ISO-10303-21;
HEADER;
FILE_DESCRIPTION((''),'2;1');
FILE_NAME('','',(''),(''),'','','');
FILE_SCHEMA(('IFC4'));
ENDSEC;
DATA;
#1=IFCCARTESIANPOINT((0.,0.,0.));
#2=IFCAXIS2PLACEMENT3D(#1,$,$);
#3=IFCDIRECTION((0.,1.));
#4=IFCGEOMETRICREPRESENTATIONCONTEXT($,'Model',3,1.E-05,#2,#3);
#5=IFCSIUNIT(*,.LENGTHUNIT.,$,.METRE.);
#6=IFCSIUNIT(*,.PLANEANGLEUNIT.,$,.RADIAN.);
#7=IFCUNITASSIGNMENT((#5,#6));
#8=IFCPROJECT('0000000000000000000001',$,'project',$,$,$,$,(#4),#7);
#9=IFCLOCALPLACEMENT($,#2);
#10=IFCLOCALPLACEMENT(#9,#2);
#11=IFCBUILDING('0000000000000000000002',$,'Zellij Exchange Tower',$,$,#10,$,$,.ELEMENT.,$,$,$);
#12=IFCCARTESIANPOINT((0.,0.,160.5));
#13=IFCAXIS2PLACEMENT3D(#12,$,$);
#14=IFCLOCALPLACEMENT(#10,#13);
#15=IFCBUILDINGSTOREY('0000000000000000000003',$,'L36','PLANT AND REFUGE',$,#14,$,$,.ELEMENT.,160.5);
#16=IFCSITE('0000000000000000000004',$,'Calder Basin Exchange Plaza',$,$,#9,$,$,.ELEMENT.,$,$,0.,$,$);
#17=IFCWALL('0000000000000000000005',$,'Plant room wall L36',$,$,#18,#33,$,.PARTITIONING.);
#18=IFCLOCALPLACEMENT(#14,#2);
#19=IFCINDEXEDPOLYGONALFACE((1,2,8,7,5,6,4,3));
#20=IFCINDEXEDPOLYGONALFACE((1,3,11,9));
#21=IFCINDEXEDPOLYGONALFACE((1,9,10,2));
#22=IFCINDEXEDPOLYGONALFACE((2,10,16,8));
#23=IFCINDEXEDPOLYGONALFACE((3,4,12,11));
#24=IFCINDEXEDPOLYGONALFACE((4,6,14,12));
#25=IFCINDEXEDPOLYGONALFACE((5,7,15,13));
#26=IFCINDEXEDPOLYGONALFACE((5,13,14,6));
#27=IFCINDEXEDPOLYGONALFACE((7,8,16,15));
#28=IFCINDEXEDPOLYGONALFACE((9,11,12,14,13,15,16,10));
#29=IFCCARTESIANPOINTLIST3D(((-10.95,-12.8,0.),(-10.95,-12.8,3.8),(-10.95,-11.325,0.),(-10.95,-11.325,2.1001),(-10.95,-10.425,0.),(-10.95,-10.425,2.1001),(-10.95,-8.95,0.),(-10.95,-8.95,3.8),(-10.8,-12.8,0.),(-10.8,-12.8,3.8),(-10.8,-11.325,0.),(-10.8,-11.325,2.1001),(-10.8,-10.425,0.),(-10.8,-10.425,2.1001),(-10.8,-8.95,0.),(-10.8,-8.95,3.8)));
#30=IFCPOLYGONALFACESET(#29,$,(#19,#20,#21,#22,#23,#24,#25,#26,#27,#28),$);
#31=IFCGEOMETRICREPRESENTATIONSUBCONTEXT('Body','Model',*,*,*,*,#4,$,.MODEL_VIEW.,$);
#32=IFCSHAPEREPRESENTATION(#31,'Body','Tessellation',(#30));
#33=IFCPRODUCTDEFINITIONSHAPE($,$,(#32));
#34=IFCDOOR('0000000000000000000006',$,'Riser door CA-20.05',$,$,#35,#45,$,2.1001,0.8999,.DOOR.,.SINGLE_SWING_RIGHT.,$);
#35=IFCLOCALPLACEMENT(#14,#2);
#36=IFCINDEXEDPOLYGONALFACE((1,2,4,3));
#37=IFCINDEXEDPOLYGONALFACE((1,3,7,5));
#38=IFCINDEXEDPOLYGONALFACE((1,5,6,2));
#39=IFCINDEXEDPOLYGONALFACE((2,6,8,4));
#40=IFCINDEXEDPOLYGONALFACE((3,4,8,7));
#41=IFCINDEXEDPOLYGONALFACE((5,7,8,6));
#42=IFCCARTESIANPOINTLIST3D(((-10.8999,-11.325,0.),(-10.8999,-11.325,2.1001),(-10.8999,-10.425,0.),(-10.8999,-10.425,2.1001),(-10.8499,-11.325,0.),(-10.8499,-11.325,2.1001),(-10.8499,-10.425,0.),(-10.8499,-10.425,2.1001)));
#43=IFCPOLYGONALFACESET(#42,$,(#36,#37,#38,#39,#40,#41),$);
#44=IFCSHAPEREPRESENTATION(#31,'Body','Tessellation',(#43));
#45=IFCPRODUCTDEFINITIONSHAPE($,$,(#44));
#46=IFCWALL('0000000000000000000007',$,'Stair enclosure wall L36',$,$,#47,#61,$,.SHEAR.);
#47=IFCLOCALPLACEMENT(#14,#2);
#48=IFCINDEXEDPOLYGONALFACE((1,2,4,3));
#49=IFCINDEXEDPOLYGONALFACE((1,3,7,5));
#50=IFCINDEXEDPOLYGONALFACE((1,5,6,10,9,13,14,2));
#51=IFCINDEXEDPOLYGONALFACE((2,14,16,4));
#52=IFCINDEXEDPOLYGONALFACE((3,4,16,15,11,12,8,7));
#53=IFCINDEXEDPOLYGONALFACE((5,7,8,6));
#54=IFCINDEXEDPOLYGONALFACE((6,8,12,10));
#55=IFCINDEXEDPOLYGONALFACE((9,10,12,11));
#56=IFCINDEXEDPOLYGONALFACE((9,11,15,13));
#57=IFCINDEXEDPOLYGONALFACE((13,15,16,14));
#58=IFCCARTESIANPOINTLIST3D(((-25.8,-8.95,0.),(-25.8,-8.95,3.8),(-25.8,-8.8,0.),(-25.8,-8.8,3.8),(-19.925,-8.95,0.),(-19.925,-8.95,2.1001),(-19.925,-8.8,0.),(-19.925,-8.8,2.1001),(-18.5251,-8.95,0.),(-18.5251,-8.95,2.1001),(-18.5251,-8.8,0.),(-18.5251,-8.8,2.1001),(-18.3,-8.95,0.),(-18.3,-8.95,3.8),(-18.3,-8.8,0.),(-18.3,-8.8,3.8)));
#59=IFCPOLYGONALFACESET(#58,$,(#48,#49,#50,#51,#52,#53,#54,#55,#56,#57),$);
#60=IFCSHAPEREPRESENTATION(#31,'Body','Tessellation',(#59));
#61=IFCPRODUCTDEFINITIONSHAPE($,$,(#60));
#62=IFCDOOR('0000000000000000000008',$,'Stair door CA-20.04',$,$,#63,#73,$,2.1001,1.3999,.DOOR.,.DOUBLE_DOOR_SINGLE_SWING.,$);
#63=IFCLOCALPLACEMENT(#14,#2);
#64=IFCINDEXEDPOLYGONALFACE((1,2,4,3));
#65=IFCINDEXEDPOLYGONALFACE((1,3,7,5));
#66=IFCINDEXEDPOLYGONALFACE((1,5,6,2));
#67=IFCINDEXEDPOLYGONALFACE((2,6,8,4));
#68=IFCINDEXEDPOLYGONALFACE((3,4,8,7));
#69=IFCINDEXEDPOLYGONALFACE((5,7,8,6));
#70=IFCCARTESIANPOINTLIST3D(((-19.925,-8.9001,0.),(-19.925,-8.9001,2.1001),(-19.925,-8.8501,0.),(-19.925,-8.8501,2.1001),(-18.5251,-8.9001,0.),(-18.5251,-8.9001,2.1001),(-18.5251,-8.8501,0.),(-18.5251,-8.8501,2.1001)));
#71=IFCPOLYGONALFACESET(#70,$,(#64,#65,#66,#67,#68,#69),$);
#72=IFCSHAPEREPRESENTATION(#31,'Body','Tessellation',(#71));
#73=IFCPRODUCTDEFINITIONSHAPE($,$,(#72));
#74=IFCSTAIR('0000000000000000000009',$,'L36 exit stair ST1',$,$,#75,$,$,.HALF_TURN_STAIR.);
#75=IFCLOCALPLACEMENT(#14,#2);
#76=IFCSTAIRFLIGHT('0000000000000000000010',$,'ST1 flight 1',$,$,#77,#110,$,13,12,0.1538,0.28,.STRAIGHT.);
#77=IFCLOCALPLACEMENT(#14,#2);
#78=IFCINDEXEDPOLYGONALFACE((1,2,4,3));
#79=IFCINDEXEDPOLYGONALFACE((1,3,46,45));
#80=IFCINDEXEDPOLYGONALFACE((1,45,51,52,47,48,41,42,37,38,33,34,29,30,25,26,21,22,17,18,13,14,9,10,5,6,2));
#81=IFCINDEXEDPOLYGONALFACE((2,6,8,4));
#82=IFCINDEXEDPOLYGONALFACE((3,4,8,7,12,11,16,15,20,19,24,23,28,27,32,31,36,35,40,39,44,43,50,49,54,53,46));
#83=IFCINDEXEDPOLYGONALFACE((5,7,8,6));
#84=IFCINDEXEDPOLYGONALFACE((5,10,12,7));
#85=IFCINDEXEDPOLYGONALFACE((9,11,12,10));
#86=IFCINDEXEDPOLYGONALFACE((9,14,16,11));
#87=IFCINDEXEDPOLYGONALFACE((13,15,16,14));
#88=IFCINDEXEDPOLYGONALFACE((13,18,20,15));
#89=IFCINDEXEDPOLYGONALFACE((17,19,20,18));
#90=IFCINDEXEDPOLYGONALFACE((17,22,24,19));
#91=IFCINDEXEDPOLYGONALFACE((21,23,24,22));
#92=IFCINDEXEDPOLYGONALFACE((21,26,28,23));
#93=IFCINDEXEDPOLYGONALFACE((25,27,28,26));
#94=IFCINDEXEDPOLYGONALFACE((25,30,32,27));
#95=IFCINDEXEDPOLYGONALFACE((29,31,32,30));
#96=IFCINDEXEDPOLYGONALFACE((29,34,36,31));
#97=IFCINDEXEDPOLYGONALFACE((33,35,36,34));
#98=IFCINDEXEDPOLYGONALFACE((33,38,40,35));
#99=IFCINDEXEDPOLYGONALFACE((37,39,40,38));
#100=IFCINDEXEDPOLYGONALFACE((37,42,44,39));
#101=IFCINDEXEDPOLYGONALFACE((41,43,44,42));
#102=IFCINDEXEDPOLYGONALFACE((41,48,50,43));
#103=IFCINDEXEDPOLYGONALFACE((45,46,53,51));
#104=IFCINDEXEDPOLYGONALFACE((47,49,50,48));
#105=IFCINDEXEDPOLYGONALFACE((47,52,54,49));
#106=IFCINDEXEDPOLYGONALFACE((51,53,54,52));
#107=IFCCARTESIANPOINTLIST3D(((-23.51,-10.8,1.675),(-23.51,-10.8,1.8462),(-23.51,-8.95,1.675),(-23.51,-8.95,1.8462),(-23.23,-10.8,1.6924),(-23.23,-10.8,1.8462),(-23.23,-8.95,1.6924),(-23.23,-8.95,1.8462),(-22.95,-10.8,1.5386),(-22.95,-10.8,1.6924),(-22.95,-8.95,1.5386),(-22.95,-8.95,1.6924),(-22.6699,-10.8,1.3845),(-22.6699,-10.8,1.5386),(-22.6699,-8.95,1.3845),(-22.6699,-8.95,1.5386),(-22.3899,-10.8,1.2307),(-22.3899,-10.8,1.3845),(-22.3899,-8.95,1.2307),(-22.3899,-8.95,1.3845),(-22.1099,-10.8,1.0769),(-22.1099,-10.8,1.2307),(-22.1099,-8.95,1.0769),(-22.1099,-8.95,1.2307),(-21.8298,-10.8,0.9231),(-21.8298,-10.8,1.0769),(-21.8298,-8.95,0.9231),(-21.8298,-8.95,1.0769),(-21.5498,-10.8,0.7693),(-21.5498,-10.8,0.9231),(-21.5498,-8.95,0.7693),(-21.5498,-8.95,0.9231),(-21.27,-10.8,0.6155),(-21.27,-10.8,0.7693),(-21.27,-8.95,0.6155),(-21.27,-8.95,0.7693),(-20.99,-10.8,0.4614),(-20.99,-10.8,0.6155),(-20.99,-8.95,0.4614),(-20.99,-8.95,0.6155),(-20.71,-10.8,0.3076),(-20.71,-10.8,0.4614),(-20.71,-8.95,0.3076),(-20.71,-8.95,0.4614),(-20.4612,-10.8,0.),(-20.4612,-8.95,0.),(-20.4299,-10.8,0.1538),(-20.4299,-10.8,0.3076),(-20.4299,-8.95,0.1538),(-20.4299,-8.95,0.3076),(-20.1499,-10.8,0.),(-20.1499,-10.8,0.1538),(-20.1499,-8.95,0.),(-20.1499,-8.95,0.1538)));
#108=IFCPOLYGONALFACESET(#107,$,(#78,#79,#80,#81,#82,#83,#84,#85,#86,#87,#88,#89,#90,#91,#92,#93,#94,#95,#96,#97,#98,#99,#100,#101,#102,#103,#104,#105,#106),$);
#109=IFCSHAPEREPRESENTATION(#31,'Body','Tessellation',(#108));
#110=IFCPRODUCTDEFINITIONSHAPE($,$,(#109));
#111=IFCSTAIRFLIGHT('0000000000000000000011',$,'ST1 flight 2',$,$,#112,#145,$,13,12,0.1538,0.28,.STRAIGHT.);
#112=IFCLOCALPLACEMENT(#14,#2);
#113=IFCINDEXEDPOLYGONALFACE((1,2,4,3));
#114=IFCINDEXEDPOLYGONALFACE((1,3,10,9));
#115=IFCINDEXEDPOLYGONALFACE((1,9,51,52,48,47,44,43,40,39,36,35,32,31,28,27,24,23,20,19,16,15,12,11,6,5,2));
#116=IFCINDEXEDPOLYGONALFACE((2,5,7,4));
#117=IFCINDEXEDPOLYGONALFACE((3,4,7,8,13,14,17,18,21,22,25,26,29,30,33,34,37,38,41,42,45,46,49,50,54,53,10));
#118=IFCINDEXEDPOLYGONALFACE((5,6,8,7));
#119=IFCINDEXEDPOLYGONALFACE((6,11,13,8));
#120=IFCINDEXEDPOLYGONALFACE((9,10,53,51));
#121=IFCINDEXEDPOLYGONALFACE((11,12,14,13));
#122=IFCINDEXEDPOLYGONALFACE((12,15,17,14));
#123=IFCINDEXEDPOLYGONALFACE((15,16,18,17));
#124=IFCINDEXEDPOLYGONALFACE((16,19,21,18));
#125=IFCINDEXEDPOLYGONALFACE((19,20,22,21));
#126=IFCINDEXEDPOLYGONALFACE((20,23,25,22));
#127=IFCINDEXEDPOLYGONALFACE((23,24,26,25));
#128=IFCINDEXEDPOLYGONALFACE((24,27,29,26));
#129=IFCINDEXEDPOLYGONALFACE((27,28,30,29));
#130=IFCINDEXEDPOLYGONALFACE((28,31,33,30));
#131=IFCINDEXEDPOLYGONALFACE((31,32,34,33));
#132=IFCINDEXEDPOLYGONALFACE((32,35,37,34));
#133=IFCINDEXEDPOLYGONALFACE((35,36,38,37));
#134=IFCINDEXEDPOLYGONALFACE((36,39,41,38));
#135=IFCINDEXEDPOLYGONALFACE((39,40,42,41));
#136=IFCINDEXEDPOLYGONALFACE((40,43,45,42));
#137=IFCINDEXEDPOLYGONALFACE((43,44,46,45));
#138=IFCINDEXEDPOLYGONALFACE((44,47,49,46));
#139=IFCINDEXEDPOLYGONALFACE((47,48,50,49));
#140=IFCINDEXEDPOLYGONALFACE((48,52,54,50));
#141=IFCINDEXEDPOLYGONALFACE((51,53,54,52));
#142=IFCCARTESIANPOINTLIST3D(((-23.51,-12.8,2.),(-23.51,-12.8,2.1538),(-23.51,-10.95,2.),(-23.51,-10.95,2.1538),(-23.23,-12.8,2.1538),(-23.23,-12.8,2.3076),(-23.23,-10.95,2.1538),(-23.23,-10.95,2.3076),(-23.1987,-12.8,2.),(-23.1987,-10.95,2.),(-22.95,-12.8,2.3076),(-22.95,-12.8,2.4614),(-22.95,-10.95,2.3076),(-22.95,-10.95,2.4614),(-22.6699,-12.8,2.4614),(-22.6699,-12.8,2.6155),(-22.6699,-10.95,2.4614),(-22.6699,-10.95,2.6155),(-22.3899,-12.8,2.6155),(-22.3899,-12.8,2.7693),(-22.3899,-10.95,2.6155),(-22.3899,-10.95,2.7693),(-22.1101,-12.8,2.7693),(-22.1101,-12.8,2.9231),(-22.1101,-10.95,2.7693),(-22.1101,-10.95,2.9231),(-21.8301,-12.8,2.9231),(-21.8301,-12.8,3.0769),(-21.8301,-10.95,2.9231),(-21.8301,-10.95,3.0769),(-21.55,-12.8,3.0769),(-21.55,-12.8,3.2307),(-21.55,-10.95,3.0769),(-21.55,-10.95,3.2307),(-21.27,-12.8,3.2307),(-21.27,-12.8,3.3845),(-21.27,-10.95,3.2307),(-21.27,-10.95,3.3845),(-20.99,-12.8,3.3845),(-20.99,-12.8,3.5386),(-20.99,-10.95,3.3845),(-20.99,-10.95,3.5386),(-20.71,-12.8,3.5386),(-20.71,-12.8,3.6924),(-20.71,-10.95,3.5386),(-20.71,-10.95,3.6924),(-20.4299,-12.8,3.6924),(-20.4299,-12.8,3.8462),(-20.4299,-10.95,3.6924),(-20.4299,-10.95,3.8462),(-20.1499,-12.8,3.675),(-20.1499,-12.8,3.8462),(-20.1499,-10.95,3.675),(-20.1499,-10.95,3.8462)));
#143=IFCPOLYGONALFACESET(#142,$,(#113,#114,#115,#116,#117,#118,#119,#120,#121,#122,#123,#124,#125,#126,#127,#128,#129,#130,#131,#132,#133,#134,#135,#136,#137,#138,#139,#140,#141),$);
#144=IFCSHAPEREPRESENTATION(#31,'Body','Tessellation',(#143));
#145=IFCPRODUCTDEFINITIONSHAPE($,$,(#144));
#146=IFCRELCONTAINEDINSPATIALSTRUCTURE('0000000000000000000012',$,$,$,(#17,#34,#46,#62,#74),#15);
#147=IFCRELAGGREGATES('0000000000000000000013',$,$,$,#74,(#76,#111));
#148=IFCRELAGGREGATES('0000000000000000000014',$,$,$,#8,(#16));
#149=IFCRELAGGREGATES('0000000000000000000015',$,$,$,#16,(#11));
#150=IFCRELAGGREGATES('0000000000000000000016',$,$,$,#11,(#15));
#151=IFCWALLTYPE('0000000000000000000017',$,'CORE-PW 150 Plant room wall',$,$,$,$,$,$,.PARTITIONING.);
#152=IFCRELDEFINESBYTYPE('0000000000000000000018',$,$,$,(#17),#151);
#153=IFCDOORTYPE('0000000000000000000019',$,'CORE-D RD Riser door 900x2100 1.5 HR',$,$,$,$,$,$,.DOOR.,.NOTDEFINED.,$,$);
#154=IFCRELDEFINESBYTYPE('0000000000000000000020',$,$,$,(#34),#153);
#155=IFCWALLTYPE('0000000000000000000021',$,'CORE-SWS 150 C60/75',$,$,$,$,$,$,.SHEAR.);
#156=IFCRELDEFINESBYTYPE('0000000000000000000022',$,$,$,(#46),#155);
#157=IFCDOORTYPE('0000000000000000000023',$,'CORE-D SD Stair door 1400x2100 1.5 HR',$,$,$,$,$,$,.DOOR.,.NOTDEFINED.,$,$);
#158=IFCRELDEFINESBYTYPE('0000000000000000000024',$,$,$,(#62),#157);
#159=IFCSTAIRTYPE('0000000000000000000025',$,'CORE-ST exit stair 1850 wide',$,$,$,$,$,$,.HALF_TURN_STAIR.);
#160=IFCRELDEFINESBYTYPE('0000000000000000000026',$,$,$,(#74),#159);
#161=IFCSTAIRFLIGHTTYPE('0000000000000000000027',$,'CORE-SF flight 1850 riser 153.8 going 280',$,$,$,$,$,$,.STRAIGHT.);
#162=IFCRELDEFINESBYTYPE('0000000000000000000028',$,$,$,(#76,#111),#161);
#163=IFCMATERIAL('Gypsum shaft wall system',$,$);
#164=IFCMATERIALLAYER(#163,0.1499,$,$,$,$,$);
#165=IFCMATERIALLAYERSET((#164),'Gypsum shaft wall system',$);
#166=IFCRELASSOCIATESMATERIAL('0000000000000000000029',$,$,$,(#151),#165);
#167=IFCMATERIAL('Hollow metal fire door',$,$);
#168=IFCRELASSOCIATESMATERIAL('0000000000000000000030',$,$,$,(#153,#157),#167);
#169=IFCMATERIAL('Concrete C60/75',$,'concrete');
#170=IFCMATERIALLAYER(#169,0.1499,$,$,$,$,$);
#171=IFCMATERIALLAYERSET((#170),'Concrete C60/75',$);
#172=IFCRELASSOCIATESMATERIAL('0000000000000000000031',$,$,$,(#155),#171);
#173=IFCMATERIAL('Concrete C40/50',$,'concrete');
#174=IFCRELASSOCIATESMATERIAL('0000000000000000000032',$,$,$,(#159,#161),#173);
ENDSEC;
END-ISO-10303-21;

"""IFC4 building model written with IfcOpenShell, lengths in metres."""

from ifc_helpers import new_model, si_unit, direction, frame, frame_2d, origin, place, context, subcontext, project, spatial, polyline, rectangle, outline, extrude, material, layer, layer_set, type_object, element, fill, aggregate, save


model = new_model("IFC4")

# Units and contexts
model_context = context("Model", 3, precision=1e-05, world=origin(), true_north=direction((0.0, 1.0)))
body_context = subcontext(model_context, "Body", "Model", "MODEL_VIEW")
ifc_project = project(units=[si_unit("LENGTHUNIT", "METRE"), si_unit("PLANEANGLEUNIT", "RADIAN")], contexts=[model_context])

# Site, building, storey
site_placement = place(None, origin())
site = spatial("IfcSite", under=ifc_project, at=site_placement, Name="Calder Basin Exchange Plaza", CompositionType="ELEMENT", RefElevation=0.0)
building_placement = place(site_placement, origin())
building = spatial("IfcBuilding", under=site, at=building_placement, Name="Zellij Exchange Tower", CompositionType="ELEMENT")
storey_placement = place(building_placement, frame((0.0, 0.0, 160.5)))
storey = spatial("IfcBuildingStorey", under=building, at=storey_placement, Name="L36", Description="PLANT AND REFUGE", CompositionType="ELEMENT", Elevation=160.5)

# Shared definitions
ifc_material_1 = material(Name="Concrete C60/75", Category="concrete")
ifc_material_2 = material(Name="Gypsum shaft wall system")

# Shared definitions
ifc_material_3 = material(Name="Hollow metal fire door")

# Walls, openings, doors
ifc_layer_1 = layer(ifc_material_2, 0.1499)
ifc_layer_set_1 = layer_set([ifc_layer_1], Name="Gypsum shaft wall system")
wall_type_1 = type_object("IfcWallType", Name="CORE-PW 150 Plant room wall", PredefinedType="PARTITIONING", material=ifc_layer_set_1)
wall_1_placement = place(storey_placement, frame((-10.875, -12.8, 0.0), z_axis=(0.0, 0.0, 1.0), x_axis=(0.0, 1.0, 0.0)))
wall_1 = element("IfcWall", 1, at=wall_1_placement, inside=storey, type_object=wall_type_1, Name="Plant room wall L36", PredefinedType="PARTITIONING", context=body_context, shape_type="SweptSolid", body=[
    extrude(rectangle(XDim=3.8501, YDim=0.1499, at=frame_2d((1.925, 0.0))), origin(), (0.0, 0.0, 1.0), 3.8),
])
opening_1_placement = place(wall_1_placement, frame((1.4751, 0.0, 0.0)))
opening_1 = element("IfcOpeningElement", 2, at=opening_1_placement, cuts=wall_1, PredefinedType="OPENING", context=body_context, shape_type="SweptSolid", body=[
    extrude(rectangle(XDim=0.8999, YDim=2.1001, at=frame_2d((0.45, 1.05))), frame((0.0, 0.0869, 0.0), z_axis=(0.0, -1.0, 0.0), x_axis=(1.0, 0.0, 0.0)), (0.0, 0.0, 1.0), 0.1738),
])
door_type_1 = type_object("IfcDoorType", Name="CORE-D RD Riser door 900x2100 1.5 HR", OperationType="NOTDEFINED", PredefinedType="DOOR", material=ifc_material_3)
door_1_placement = place(opening_1_placement, origin())
door_1 = element("IfcDoor", 3, at=door_1_placement, inside=storey, type_object=door_type_1, Name="Riser door CA-20.05", OperationType="SINGLE_SWING_RIGHT", OverallHeight=2.1001, OverallWidth=0.8999, PredefinedType="DOOR", context=body_context, shape_type="SweptSolid", body=[
    extrude(rectangle(XDim=0.8999, YDim=2.1001, at=frame_2d((0.45, 1.05))), frame((0.0, 0.0249, 0.0), z_axis=(0.0, -1.0, 0.0), x_axis=(1.0, 0.0, 0.0)), (0.0, 0.0, 1.0), 0.05),
])
fill(opening_1, door_1)
ifc_layer_2 = layer(ifc_material_1, 0.1499)
ifc_layer_set_2 = layer_set([ifc_layer_2], Name="Concrete C60/75")
wall_type_2 = type_object("IfcWallType", Name="CORE-SWS 150 C60/75", PredefinedType="SHEAR", material=ifc_layer_set_2)
wall_2_placement = place(storey_placement, frame((-25.8, -8.875, 0.0), z_axis=(0.0, 0.0, 1.0), x_axis=(1.0, 0.0, 0.0)))
wall_2 = element("IfcWall", 4, at=wall_2_placement, inside=storey, type_object=wall_type_2, Name="Stair enclosure wall L36", PredefinedType="SHEAR", context=body_context, shape_type="SweptSolid", body=[
    extrude(rectangle(XDim=7.5, YDim=0.1499, at=frame_2d((3.75, 0.0))), origin(), (0.0, 0.0, 1.0), 3.8),
])
opening_2_placement = place(wall_2_placement, frame((5.875, 0.0, 0.0)))
opening_2 = element("IfcOpeningElement", 5, at=opening_2_placement, cuts=wall_2, PredefinedType="OPENING", context=body_context, shape_type="SweptSolid", body=[
    extrude(rectangle(XDim=1.3999, YDim=2.1001, at=frame_2d((0.7, 1.05))), frame((0.0, 0.0869, 0.0), z_axis=(0.0, -1.0, 0.0), x_axis=(1.0, 0.0, 0.0)), (0.0, 0.0, 1.0), 0.1738),
])
door_type_2 = type_object("IfcDoorType", Name="CORE-D SD Stair door 1400x2100 1.5 HR", OperationType="NOTDEFINED", PredefinedType="DOOR", material=ifc_material_3)
door_2_placement = place(opening_2_placement, origin())
door_2 = element("IfcDoor", 6, at=door_2_placement, inside=storey, type_object=door_type_2, Name="Stair door CA-20.04", OperationType="DOUBLE_DOOR_SINGLE_SWING", OverallHeight=2.1001, OverallWidth=1.3999, PredefinedType="DOOR", context=body_context, shape_type="SweptSolid", body=[
    extrude(rectangle(XDim=1.3999, YDim=2.1001, at=frame_2d((0.7, 1.05))), frame((0.0, 0.0249, 0.0), z_axis=(0.0, -1.0, 0.0), x_axis=(1.0, 0.0, 0.0)), (0.0, 0.0, 1.0), 0.05),
])
fill(opening_2, door_2)

# Stair, stair flights
ifc_material_4 = material(Name="Concrete C40/50", Category="concrete")
stair_type = type_object("IfcStairType", Name="CORE-ST exit stair 1850 wide", PredefinedType="HALF_TURN_STAIR", material=ifc_material_4)
stair_placement = place(storey_placement, origin())
stair = element("IfcStair", 7, at=stair_placement, inside=storey, type_object=stair_type, Name="L36 exit stair ST1", PredefinedType="HALF_TURN_STAIR")
stair_flight_type = type_object("IfcStairFlightType", Name="CORE-SF flight 1850 riser 153.8 going 280", PredefinedType="STRAIGHT", material=ifc_material_4)
stair_flight_1_placement = place(storey_placement, frame((-20.1499, -9.875, 0.0), z_axis=(0.0, 0.0, 1.0), x_axis=(-1.0, 0.0, 0.0)))
stair_flight_1 = element("IfcStairFlight", 8, at=stair_flight_1_placement, type_object=stair_flight_type, Name="ST1 flight 1", NumberOfRisers=13, NumberOfTreads=12, PredefinedType="STRAIGHT", RiserHeight=0.1538, TreadLength=0.28, context=body_context, shape_type="SweptSolid", body=[
    extrude(outline(polyline([(0.0, 0.0), (0.0, 0.1538), (0.28, 0.1538), (0.28, 0.3076), (0.5601, 0.3076), (0.5601, 0.4614), (0.8401, 0.4614), (0.8401, 0.6155), (1.1201, 0.6155), (1.1201, 0.7693), (1.3999, 0.7693), (1.3999, 0.9231), (1.6799, 0.9231), (1.6799, 1.0769), (1.96, 1.0769), (1.96, 1.2307), (2.24, 1.2307), (2.24, 1.3845), (2.52, 1.3845), (2.52, 1.5386), (2.8, 1.5386), (2.8, 1.6924), (3.0801, 1.6924), (3.0801, 1.8462), (3.3601, 1.8462), (3.3601, 2.0), (3.3601, 1.675), (0.3113, 0.0), (0.0, 0.0)])), frame((0.0, 0.925, 0.0), z_axis=(0.0, -1.0, 0.0), x_axis=(1.0, 0.0, 0.0)), (0.0, 0.0, 1.0), 1.8501),
])
stair_flight_2_placement = place(storey_placement, frame((-23.51, -11.875, 2.0), z_axis=(0.0, 0.0, 1.0), x_axis=(1.0, 0.0, 0.0)))
stair_flight_2 = element("IfcStairFlight", 9, at=stair_flight_2_placement, type_object=stair_flight_type, Name="ST1 flight 2", NumberOfRisers=13, NumberOfTreads=12, PredefinedType="STRAIGHT", RiserHeight=0.1538, TreadLength=0.28, context=body_context, shape_type="SweptSolid", body=[
    extrude(outline(polyline([(0.0, 0.0), (0.0, 0.1538), (0.28, 0.1538), (0.28, 0.3076), (0.5601, 0.3076), (0.5601, 0.4614), (0.8401, 0.4614), (0.8401, 0.6155), (1.1201, 0.6155), (1.1201, 0.7693), (1.3999, 0.7693), (1.3999, 0.9231), (1.6799, 0.9231), (1.6799, 1.0769), (1.96, 1.0769), (1.96, 1.2307), (2.24, 1.2307), (2.24, 1.3845), (2.52, 1.3845), (2.52, 1.5386), (2.8, 1.5386), (2.8, 1.6924), (3.0801, 1.6924), (3.0801, 1.8462), (3.3601, 1.8462), (3.3601, 2.0), (3.3601, 1.675), (0.3113, 0.0), (0.0, 0.0)])), frame((0.0, 0.925, 0.0), z_axis=(0.0, -1.0, 0.0), x_axis=(1.0, 0.0, 0.0)), (0.0, 0.0, 1.0), 1.8501),
])
aggregate(stair, [stair_flight_1, stair_flight_2])

save(model, "model.ifc")
